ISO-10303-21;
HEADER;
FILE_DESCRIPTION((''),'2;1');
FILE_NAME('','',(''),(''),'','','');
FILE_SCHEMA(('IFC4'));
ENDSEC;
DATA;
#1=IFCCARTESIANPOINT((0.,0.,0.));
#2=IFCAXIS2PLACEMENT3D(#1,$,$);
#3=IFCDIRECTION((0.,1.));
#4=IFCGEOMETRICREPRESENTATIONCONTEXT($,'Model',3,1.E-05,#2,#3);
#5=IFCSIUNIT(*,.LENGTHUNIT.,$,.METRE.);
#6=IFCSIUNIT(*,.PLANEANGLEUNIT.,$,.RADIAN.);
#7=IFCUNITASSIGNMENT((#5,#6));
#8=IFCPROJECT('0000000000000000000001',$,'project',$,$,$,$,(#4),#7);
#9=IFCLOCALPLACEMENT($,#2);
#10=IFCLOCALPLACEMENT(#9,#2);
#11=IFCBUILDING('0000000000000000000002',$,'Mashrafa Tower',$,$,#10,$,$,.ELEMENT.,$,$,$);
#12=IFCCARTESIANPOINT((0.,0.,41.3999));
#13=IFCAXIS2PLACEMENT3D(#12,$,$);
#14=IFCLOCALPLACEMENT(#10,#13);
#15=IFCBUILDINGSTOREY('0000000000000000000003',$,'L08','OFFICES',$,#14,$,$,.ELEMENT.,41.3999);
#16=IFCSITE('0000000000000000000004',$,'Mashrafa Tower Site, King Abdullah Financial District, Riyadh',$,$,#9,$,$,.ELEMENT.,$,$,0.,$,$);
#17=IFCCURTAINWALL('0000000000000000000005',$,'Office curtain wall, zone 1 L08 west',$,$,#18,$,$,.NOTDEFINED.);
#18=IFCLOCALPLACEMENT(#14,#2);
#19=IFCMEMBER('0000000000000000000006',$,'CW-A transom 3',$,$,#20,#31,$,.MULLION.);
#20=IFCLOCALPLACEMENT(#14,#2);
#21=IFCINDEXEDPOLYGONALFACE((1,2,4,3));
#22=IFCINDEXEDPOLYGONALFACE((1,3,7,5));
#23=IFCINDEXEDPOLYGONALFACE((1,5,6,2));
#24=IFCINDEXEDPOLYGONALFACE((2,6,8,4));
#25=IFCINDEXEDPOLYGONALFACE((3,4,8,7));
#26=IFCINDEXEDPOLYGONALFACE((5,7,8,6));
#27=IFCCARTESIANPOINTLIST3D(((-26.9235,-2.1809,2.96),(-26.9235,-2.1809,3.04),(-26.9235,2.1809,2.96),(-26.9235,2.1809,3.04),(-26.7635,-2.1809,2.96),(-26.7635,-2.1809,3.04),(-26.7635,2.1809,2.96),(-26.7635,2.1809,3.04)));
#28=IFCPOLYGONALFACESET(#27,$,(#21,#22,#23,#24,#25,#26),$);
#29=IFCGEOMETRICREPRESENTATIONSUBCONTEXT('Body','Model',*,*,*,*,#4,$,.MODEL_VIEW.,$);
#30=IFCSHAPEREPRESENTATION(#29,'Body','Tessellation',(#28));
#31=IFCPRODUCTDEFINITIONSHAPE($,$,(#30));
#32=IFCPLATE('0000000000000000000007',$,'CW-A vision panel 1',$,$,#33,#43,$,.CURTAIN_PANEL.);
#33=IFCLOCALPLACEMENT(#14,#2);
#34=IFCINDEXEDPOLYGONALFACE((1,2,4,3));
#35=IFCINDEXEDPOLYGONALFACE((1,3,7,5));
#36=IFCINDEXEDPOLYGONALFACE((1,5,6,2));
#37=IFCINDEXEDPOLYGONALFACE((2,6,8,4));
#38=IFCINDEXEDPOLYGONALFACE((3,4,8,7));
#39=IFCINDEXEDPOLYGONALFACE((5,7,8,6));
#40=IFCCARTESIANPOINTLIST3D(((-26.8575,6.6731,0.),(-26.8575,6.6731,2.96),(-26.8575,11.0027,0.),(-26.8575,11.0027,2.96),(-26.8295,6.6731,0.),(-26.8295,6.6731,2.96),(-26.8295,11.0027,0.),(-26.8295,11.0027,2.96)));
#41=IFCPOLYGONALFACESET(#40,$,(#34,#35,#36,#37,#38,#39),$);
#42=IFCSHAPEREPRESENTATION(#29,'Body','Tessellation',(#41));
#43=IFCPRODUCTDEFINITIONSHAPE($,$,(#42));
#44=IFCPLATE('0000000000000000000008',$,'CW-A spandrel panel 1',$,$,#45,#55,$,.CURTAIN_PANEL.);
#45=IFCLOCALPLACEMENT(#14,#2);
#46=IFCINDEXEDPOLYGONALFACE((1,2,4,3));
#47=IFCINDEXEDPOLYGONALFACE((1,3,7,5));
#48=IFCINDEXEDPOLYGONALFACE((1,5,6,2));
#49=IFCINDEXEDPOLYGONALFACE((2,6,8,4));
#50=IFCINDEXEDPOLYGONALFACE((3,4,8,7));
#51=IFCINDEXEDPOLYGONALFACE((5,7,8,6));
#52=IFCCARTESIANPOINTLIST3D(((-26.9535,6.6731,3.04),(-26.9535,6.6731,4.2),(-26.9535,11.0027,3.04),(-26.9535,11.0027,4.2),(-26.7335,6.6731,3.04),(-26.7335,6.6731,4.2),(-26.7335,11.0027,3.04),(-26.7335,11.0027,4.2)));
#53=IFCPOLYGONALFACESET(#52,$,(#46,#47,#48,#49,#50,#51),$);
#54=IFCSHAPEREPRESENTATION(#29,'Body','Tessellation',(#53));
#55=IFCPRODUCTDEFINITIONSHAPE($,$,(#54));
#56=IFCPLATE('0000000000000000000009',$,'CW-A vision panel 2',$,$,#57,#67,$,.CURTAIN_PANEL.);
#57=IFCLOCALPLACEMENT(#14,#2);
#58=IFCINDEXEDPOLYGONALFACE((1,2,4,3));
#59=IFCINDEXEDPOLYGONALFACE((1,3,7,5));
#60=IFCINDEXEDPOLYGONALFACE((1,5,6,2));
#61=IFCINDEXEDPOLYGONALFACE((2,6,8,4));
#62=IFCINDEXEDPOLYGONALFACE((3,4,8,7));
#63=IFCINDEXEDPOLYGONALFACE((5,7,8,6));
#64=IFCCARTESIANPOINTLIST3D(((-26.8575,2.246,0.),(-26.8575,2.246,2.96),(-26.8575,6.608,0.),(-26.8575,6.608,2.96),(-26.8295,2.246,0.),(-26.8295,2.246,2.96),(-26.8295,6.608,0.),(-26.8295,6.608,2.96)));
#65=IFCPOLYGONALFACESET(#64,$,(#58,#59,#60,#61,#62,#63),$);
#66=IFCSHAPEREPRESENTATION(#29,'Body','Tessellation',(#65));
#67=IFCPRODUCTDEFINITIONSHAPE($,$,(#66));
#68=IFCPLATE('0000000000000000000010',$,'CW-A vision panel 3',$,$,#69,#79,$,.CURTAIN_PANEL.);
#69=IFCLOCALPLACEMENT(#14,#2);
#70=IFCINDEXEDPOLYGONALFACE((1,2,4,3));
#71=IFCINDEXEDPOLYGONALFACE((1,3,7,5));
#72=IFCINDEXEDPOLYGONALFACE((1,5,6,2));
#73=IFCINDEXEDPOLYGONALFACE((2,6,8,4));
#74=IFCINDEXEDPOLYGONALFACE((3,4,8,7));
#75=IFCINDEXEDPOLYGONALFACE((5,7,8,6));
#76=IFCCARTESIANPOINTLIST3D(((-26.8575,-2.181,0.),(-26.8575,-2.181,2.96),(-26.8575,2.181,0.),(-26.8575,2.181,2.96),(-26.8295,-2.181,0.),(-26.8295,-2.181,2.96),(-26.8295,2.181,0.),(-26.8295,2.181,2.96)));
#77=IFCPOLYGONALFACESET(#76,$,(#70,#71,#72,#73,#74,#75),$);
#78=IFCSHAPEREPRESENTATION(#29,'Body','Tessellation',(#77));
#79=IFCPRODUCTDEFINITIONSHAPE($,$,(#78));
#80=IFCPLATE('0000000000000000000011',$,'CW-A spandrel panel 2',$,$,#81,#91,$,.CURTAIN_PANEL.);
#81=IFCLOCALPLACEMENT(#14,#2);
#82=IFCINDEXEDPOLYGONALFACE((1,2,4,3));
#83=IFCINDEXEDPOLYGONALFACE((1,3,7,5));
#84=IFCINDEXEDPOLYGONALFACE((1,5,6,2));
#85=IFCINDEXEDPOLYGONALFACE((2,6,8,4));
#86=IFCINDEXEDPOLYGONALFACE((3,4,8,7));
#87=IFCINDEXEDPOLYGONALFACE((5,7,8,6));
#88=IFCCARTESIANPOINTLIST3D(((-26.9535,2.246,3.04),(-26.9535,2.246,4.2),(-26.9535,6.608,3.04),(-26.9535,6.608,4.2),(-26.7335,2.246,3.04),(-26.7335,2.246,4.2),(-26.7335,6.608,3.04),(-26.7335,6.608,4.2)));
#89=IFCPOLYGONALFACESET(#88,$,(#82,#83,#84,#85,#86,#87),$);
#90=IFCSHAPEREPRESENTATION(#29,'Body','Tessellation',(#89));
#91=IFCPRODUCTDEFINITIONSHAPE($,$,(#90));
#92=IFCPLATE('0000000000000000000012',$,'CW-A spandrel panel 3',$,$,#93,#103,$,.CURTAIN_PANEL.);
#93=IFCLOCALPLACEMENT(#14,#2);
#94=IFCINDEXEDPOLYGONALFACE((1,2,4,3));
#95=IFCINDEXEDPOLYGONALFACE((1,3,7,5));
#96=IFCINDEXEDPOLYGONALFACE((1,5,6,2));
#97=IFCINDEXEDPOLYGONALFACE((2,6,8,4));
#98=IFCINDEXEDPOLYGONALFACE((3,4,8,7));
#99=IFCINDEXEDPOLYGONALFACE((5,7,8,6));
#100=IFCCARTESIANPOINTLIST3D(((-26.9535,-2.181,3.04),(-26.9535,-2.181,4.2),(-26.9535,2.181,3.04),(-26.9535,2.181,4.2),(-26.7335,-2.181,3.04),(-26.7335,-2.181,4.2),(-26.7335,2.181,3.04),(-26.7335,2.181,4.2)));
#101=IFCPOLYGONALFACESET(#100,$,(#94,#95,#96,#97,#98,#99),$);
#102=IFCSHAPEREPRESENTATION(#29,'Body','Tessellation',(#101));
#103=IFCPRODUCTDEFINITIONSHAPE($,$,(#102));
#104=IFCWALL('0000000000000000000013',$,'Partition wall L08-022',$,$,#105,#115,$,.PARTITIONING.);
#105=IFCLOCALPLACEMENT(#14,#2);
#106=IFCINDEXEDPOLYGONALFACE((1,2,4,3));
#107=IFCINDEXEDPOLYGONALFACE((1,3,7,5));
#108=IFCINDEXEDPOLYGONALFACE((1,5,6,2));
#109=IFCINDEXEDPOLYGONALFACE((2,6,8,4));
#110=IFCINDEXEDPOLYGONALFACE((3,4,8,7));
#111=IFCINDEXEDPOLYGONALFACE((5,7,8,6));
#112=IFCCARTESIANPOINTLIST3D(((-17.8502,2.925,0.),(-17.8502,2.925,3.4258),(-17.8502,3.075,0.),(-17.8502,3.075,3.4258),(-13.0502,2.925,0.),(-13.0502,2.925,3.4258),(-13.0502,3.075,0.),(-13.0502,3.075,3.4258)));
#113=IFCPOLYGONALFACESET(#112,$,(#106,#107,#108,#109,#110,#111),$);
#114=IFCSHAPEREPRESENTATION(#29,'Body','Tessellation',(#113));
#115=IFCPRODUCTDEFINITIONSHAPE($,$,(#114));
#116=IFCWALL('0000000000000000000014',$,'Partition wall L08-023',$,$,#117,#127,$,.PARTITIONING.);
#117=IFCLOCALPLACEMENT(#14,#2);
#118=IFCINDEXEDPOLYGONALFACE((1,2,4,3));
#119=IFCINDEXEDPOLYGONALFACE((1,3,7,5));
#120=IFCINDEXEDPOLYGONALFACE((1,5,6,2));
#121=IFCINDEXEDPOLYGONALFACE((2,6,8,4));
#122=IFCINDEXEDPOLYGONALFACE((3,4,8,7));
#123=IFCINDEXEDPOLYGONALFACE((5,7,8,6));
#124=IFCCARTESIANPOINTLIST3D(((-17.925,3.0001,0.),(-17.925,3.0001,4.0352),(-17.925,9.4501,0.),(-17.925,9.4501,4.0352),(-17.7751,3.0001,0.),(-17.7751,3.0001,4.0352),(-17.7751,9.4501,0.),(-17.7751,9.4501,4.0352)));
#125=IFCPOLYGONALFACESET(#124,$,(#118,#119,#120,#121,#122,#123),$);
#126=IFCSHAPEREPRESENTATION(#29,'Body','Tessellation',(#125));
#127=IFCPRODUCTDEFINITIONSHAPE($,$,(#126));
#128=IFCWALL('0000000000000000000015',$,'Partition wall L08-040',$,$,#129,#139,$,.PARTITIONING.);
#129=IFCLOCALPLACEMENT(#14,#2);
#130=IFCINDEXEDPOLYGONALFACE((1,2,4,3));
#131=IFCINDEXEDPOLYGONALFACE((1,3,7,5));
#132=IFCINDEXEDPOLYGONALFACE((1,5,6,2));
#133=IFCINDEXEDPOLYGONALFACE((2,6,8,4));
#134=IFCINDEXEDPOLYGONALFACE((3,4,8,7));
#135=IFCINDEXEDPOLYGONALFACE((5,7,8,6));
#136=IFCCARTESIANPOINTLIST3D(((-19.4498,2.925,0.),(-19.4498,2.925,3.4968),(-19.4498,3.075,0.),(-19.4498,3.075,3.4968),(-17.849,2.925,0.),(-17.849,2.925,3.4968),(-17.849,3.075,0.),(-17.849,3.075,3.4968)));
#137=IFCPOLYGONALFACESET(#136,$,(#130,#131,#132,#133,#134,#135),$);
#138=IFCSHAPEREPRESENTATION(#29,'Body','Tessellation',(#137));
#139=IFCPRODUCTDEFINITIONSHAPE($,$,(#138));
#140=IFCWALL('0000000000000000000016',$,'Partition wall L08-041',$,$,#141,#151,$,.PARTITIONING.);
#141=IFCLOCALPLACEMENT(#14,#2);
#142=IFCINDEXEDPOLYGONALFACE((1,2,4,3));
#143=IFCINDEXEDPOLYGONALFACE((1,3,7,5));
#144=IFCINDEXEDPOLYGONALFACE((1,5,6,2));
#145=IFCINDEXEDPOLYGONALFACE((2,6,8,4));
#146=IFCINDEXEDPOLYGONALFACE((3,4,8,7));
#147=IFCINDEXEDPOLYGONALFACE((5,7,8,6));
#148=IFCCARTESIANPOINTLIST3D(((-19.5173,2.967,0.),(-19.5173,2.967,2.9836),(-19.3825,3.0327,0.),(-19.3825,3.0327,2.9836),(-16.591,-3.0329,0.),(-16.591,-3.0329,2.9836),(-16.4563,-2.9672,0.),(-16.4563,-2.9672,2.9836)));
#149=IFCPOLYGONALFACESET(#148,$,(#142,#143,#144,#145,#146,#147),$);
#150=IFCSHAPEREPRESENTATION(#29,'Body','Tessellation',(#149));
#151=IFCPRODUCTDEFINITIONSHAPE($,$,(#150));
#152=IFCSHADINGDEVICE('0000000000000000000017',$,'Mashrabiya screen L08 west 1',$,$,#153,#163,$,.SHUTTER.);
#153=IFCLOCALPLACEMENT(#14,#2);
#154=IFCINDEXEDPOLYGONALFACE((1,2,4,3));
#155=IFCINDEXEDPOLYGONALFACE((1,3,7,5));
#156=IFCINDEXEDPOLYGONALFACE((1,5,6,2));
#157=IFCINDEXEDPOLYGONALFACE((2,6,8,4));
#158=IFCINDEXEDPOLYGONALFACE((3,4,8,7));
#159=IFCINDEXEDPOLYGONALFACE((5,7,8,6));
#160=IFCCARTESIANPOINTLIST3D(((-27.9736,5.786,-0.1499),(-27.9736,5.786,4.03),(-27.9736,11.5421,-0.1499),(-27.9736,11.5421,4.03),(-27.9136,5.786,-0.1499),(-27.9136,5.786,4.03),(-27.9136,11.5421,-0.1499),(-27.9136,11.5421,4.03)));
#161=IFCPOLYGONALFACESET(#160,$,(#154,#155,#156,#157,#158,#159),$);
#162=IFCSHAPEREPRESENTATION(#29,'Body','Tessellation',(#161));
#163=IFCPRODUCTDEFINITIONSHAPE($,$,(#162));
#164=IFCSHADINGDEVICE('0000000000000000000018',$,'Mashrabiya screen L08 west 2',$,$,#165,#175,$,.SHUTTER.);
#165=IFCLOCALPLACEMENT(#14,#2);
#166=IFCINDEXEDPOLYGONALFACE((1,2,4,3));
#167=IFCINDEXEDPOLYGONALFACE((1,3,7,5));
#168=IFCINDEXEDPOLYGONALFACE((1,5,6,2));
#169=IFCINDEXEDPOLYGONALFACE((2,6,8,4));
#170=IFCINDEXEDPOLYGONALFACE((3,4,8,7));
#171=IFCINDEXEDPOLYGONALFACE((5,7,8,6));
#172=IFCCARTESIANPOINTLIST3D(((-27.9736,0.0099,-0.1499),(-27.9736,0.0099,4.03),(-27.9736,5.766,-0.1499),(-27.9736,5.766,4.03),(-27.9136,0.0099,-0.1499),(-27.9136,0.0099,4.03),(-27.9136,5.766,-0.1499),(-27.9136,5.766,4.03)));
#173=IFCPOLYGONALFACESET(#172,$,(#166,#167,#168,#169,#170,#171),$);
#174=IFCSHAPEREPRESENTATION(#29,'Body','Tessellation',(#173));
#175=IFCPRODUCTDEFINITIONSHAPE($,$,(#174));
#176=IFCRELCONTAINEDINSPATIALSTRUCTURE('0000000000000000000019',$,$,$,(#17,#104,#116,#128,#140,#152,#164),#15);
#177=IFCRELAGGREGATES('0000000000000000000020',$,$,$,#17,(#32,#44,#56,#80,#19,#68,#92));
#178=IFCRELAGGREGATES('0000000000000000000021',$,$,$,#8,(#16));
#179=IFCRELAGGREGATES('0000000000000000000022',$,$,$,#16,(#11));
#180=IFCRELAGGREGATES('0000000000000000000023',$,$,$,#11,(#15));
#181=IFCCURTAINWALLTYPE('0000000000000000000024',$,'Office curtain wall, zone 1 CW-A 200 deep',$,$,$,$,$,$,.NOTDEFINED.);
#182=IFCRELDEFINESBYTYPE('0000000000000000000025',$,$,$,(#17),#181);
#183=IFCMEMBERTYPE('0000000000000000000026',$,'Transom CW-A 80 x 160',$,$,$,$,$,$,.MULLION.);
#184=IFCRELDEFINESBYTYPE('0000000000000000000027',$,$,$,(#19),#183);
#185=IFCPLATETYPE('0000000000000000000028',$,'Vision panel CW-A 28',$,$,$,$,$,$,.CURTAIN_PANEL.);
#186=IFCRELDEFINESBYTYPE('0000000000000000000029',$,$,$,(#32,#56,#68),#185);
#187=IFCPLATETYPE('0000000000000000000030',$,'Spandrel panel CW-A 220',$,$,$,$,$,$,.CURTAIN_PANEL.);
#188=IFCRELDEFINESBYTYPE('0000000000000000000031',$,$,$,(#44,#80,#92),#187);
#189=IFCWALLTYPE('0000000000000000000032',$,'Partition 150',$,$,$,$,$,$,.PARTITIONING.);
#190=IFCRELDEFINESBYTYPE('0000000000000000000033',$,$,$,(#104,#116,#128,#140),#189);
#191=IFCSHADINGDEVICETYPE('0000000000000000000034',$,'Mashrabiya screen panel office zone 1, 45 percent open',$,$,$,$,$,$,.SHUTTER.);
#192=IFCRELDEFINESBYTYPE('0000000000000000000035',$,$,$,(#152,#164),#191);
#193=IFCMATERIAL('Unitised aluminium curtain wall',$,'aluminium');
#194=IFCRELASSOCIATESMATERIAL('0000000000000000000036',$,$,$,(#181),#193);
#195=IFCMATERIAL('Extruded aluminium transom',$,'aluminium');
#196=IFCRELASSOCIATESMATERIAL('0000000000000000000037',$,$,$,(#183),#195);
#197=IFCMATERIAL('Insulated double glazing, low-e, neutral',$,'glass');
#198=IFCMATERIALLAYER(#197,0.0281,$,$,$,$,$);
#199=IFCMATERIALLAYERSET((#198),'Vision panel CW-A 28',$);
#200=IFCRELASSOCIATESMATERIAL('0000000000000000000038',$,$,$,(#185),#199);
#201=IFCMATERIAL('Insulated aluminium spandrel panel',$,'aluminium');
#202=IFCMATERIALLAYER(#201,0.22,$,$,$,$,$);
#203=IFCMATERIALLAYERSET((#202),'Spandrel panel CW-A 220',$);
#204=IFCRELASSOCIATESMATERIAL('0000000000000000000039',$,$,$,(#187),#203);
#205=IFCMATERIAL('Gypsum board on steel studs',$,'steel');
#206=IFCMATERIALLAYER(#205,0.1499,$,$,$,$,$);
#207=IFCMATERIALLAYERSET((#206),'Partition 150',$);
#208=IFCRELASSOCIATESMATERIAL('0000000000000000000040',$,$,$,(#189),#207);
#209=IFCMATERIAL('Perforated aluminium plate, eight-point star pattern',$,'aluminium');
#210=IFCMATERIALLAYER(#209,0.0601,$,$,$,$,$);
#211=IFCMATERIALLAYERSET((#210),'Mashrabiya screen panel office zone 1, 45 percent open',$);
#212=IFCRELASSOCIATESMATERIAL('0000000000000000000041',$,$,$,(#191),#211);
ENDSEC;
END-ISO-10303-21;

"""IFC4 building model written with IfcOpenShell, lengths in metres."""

from ifc_helpers import new_model, si_unit, direction, frame, frame_2d, origin, origin_2d, place, context, subcontext, project, spatial, rectangle, extrude, source, transform, mapped, material, layer, layer_set, material_profile, profile_set, type_object, type_shapes, element, aggregate, save


model = new_model("IFC4")

# Units and contexts
model_context = context("Model", 3, precision=1e-05, world=origin(), true_north=direction((0.0, 1.0)))
body_context = subcontext(model_context, "Body", "Model", "MODEL_VIEW")
ifc_project = project(units=[si_unit("LENGTHUNIT", "METRE"), si_unit("PLANEANGLEUNIT", "RADIAN")], contexts=[model_context])

# Site, building, storey
site_placement = place(None, origin())
site = spatial("IfcSite", under=ifc_project, at=site_placement, Name="Mashrafa Tower Site, King Abdullah Financial District, Riyadh", CompositionType="ELEMENT", RefElevation=0.0)
building_placement = place(site_placement, origin())
building = spatial("IfcBuilding", under=site, at=building_placement, Name="Mashrafa Tower", CompositionType="ELEMENT")
storey_placement = place(building_placement, frame((0.0, 0.0, 41.3999)))
storey = spatial("IfcBuildingStorey", under=building, at=storey_placement, Name="L08", Description="OFFICES", CompositionType="ELEMENT", Elevation=41.3999)

# Curtain wall, member, plates
ifc_material_1 = material(Name="Unitised aluminium curtain wall", Category="aluminium")
curtain_wall_type = type_object("IfcCurtainWallType", Name="Office curtain wall, zone 1 CW-A 200 deep", PredefinedType="NOTDEFINED", material=ifc_material_1)
curtain_wall_placement = place(storey_placement, origin())
curtain_wall = element("IfcCurtainWall", 1, at=curtain_wall_placement, inside=storey, type_object=curtain_wall_type, Name="Office curtain wall, zone 1 L08 west", PredefinedType="NOTDEFINED")
ifc_material_2 = material(Name="Extruded aluminium transom", Category="aluminium")
ifc_material_profile_1 = material_profile(ifc_material_2, rectangle(XDim=0.1599, YDim=0.0801, at=origin_2d()), Name="Transom 80x160")
ifc_profile_set_1 = profile_set([ifc_material_profile_1], Name="Extruded aluminium transom")
member_type_1 = type_object("IfcMemberType", Name="Transom CW-A 80 x 160", PredefinedType="MULLION", material=ifc_profile_set_1)
shared_shape_1 = source(origin(), body_context, "Body", "SweptSolid", [
    extrude(rectangle(XDim=0.1599, YDim=0.0801, at=origin_2d()), origin(), (0.0, 0.0, 1.0), 4.3618),
])
type_shapes(member_type_1, [shared_shape_1])
member_1_placement = place(storey_placement, frame((-26.8435, 2.1809, 3.0), z_axis=(0.0, -1.0, 0.0), x_axis=(1.0, 0.0, 0.0)))
member_1 = element("IfcMember", 2, at=member_1_placement, type_object=member_type_1, Name="CW-A transom 3", PredefinedType="MULLION", context=body_context, shape_type="MappedRepresentation", body=[
    mapped(shared_shape_1, transform((0.0, 0.0, 0.0))),
])
ifc_material_3 = material(Name="Insulated double glazing, low-e, neutral", Category="glass")
ifc_layer_1 = layer(ifc_material_3, 0.0281)
ifc_layer_set_1 = layer_set([ifc_layer_1], Name="Vision panel CW-A 28")
plate_type_1 = type_object("IfcPlateType", Name="Vision panel CW-A 28", PredefinedType="CURTAIN_PANEL", material=ifc_layer_set_1)
shared_shape_2 = source(origin(), body_context, "Body", "SweptSolid", [
    extrude(rectangle(XDim=4.3296, YDim=0.0281, at=origin_2d()), origin(), (0.0, 0.0, 1.0), 2.96),
])
plate_1_placement = place(storey_placement, frame((-26.8435, 8.8379, 0.0), z_axis=(0.0, 0.0, 1.0), x_axis=(0.0, -1.0, 0.0)))
plate_1 = element("IfcPlate", 3, at=plate_1_placement, type_object=plate_type_1, Name="CW-A vision panel 1", PredefinedType="CURTAIN_PANEL", context=body_context, shape_type="MappedRepresentation", body=[
    mapped(shared_shape_2, transform((0.0, 0.0, 0.0))),
])
ifc_material_4 = material(Name="Insulated aluminium spandrel panel", Category="aluminium")
ifc_layer_2 = layer(ifc_material_4, 0.22)
ifc_layer_set_2 = layer_set([ifc_layer_2], Name="Spandrel panel CW-A 220")
plate_type_2 = type_object("IfcPlateType", Name="Spandrel panel CW-A 220", PredefinedType="CURTAIN_PANEL", material=ifc_layer_set_2)
shared_shape_3 = source(origin(), body_context, "Body", "SweptSolid", [
    extrude(rectangle(XDim=4.3296, YDim=0.22, at=origin_2d()), origin(), (0.0, 0.0, 1.0), 1.1599),
])
plate_2_placement = place(storey_placement, frame((-26.8435, 8.8379, 3.04), z_axis=(0.0, 0.0, 1.0), x_axis=(0.0, -1.0, 0.0)))
plate_2 = element("IfcPlate", 4, at=plate_2_placement, type_object=plate_type_2, Name="CW-A spandrel panel 1", PredefinedType="CURTAIN_PANEL", context=body_context, shape_type="MappedRepresentation", body=[
    mapped(shared_shape_3, transform((0.0, 0.0, 0.0))),
])
shared_shape_4 = source(origin(), body_context, "Body", "SweptSolid", [
    extrude(rectangle(XDim=4.3621, YDim=0.0281, at=origin_2d()), origin(), (0.0, 0.0, 1.0), 2.96),
])
type_shapes(plate_type_1, [shared_shape_2, shared_shape_4])
plate_3_placement = place(storey_placement, frame((-26.8435, 4.427, 0.0), z_axis=(0.0, 0.0, 1.0), x_axis=(0.0, -1.0, 0.0)))
plate_3 = element("IfcPlate", 5, at=plate_3_placement, type_object=plate_type_1, Name="CW-A vision panel 2", PredefinedType="CURTAIN_PANEL", context=body_context, shape_type="MappedRepresentation", body=[
    mapped(shared_shape_4, transform((0.0, 0.0, 0.0))),
])
plate_4_placement = place(storey_placement, frame((-26.8435, 0.0, 0.0), z_axis=(0.0, 0.0, 1.0), x_axis=(0.0, -1.0, 0.0)))
plate_4 = element("IfcPlate", 6, at=plate_4_placement, type_object=plate_type_1, Name="CW-A vision panel 3", PredefinedType="CURTAIN_PANEL", context=body_context, shape_type="MappedRepresentation", body=[
    mapped(shared_shape_4, transform((0.0, 0.0, 0.0))),
])
shared_shape_5 = source(origin(), body_context, "Body", "SweptSolid", [
    extrude(rectangle(XDim=4.3621, YDim=0.22, at=origin_2d()), origin(), (0.0, 0.0, 1.0), 1.1599),
])
type_shapes(plate_type_2, [shared_shape_3, shared_shape_5])
plate_5_placement = place(storey_placement, frame((-26.8435, 4.427, 3.04), z_axis=(0.0, 0.0, 1.0), x_axis=(0.0, -1.0, 0.0)))
plate_5 = element("IfcPlate", 7, at=plate_5_placement, type_object=plate_type_2, Name="CW-A spandrel panel 2", PredefinedType="CURTAIN_PANEL", context=body_context, shape_type="MappedRepresentation", body=[
    mapped(shared_shape_5, transform((0.0, 0.0, 0.0))),
])
plate_6_placement = place(storey_placement, frame((-26.8435, 0.0, 3.04), z_axis=(0.0, 0.0, 1.0), x_axis=(0.0, -1.0, 0.0)))
plate_6 = element("IfcPlate", 8, at=plate_6_placement, type_object=plate_type_2, Name="CW-A spandrel panel 3", PredefinedType="CURTAIN_PANEL", context=body_context, shape_type="MappedRepresentation", body=[
    mapped(shared_shape_5, transform((0.0, 0.0, 0.0))),
])
aggregate(curtain_wall, [plate_1, plate_2, plate_3, plate_5, member_1, plate_4, plate_6])

# Walls
ifc_material_5 = material(Name="Gypsum board on steel studs", Category="steel")
ifc_layer_3 = layer(ifc_material_5, 0.1499)
ifc_layer_set_3 = layer_set([ifc_layer_3], Name="Partition 150")
wall_type = type_object("IfcWallType", Name="Partition 150", PredefinedType="PARTITIONING", material=ifc_layer_set_3)
wall_1_placement = place(storey_placement, frame((-17.8501, 3.0, 0.0), z_axis=(0.0, 0.0, 1.0), x_axis=(1.0, 0.0, 0.0)))
element("IfcWall", 9, at=wall_1_placement, inside=storey, type_object=wall_type, Name="Partition wall L08-022", PredefinedType="PARTITIONING", context=body_context, shape_type="SweptSolid", body=[
    extrude(rectangle(XDim=4.8, YDim=0.1499, at=frame_2d((2.3999, 0.0))), origin(), (0.0, 0.0, 1.0), 3.4258),
])
wall_2_placement = place(storey_placement, frame((-17.8501, 3.0, 0.0), z_axis=(0.0, 0.0, 1.0), x_axis=(0.0, 1.0, 0.0)))
element("IfcWall", 10, at=wall_2_placement, inside=storey, type_object=wall_type, Name="Partition wall L08-023", PredefinedType="PARTITIONING", context=body_context, shape_type="SweptSolid", body=[
    extrude(rectangle(XDim=6.45, YDim=0.1499, at=frame_2d((3.2251, 0.0))), origin(), (0.0, 0.0, 1.0), 4.0352),
])
wall_3_placement = place(storey_placement, frame((-17.8491, 3.0, 0.0), z_axis=(0.0, 0.0, 1.0), x_axis=(-1.0, 0.0, 0.0)))
element("IfcWall", 11, at=wall_3_placement, inside=storey, type_object=wall_type, Name="Partition wall L08-040", PredefinedType="PARTITIONING", context=body_context, shape_type="SweptSolid", body=[
    extrude(rectangle(XDim=1.6008, YDim=0.1499, at=frame_2d((0.8003, 0.0))), origin(), (0.0, 0.0, 1.0), 3.4968),
])
wall_4_placement = place(storey_placement, frame((-19.45, 3.0, 0.0), z_axis=(0.0, 0.0, 1.0), x_axis=(0.438356, -0.898801, 0.0)))
element("IfcWall", 12, at=wall_4_placement, inside=storey, type_object=wall_type, Name="Partition wall L08-041", PredefinedType="PARTITIONING", context=body_context, shape_type="SweptSolid", body=[
    extrude(rectangle(XDim=6.6755, YDim=0.1499, at=frame_2d((3.3379, 0.0))), origin(), (0.0, 0.0, 1.0), 2.9836),
])

# Shading devices
ifc_material_6 = material(Name="Perforated aluminium plate, eight-point star pattern", Category="aluminium")
ifc_layer_4 = layer(ifc_material_6, 0.0601)
ifc_layer_set_4 = layer_set([ifc_layer_4], Name="Mashrabiya screen panel office zone 1, 45 percent open")
shading_device_type = type_object("IfcShadingDeviceType", Name="Mashrabiya screen panel office zone 1, 45 percent open", PredefinedType="SHUTTER", material=ifc_layer_set_4)
shared_shape_6 = source(origin(), body_context, "Body", "SweptSolid", [
    extrude(rectangle(XDim=5.7561, YDim=0.0601, at=origin_2d()), origin(), (0.0, 0.0, 1.0), 4.1799),
])
type_shapes(shading_device_type, [shared_shape_6])
for number, where, z_axis, x_axis, name in (
    (13, (-27.9436, 8.6641, -0.1499), (0.0, 0.0, 1.0), (0.0, -1.0, 0.0), "Mashrabiya screen L08 west 1"),
    (14, (-27.9436, 2.8879, -0.1499), (0.0, 0.0, 1.0), (0.0, -1.0, 0.0), "Mashrabiya screen L08 west 2"),
):
    element("IfcShadingDevice", number, at=place(storey_placement, frame(where, z_axis=z_axis, x_axis=x_axis)), inside=storey, type_object=shading_device_type, Name=name, PredefinedType="SHUTTER", context=body_context, shape_type="MappedRepresentation", body=[
        mapped(shared_shape_6, transform((0.0, 0.0, 0.0))),
    ])

save(model, "model.ifc")
